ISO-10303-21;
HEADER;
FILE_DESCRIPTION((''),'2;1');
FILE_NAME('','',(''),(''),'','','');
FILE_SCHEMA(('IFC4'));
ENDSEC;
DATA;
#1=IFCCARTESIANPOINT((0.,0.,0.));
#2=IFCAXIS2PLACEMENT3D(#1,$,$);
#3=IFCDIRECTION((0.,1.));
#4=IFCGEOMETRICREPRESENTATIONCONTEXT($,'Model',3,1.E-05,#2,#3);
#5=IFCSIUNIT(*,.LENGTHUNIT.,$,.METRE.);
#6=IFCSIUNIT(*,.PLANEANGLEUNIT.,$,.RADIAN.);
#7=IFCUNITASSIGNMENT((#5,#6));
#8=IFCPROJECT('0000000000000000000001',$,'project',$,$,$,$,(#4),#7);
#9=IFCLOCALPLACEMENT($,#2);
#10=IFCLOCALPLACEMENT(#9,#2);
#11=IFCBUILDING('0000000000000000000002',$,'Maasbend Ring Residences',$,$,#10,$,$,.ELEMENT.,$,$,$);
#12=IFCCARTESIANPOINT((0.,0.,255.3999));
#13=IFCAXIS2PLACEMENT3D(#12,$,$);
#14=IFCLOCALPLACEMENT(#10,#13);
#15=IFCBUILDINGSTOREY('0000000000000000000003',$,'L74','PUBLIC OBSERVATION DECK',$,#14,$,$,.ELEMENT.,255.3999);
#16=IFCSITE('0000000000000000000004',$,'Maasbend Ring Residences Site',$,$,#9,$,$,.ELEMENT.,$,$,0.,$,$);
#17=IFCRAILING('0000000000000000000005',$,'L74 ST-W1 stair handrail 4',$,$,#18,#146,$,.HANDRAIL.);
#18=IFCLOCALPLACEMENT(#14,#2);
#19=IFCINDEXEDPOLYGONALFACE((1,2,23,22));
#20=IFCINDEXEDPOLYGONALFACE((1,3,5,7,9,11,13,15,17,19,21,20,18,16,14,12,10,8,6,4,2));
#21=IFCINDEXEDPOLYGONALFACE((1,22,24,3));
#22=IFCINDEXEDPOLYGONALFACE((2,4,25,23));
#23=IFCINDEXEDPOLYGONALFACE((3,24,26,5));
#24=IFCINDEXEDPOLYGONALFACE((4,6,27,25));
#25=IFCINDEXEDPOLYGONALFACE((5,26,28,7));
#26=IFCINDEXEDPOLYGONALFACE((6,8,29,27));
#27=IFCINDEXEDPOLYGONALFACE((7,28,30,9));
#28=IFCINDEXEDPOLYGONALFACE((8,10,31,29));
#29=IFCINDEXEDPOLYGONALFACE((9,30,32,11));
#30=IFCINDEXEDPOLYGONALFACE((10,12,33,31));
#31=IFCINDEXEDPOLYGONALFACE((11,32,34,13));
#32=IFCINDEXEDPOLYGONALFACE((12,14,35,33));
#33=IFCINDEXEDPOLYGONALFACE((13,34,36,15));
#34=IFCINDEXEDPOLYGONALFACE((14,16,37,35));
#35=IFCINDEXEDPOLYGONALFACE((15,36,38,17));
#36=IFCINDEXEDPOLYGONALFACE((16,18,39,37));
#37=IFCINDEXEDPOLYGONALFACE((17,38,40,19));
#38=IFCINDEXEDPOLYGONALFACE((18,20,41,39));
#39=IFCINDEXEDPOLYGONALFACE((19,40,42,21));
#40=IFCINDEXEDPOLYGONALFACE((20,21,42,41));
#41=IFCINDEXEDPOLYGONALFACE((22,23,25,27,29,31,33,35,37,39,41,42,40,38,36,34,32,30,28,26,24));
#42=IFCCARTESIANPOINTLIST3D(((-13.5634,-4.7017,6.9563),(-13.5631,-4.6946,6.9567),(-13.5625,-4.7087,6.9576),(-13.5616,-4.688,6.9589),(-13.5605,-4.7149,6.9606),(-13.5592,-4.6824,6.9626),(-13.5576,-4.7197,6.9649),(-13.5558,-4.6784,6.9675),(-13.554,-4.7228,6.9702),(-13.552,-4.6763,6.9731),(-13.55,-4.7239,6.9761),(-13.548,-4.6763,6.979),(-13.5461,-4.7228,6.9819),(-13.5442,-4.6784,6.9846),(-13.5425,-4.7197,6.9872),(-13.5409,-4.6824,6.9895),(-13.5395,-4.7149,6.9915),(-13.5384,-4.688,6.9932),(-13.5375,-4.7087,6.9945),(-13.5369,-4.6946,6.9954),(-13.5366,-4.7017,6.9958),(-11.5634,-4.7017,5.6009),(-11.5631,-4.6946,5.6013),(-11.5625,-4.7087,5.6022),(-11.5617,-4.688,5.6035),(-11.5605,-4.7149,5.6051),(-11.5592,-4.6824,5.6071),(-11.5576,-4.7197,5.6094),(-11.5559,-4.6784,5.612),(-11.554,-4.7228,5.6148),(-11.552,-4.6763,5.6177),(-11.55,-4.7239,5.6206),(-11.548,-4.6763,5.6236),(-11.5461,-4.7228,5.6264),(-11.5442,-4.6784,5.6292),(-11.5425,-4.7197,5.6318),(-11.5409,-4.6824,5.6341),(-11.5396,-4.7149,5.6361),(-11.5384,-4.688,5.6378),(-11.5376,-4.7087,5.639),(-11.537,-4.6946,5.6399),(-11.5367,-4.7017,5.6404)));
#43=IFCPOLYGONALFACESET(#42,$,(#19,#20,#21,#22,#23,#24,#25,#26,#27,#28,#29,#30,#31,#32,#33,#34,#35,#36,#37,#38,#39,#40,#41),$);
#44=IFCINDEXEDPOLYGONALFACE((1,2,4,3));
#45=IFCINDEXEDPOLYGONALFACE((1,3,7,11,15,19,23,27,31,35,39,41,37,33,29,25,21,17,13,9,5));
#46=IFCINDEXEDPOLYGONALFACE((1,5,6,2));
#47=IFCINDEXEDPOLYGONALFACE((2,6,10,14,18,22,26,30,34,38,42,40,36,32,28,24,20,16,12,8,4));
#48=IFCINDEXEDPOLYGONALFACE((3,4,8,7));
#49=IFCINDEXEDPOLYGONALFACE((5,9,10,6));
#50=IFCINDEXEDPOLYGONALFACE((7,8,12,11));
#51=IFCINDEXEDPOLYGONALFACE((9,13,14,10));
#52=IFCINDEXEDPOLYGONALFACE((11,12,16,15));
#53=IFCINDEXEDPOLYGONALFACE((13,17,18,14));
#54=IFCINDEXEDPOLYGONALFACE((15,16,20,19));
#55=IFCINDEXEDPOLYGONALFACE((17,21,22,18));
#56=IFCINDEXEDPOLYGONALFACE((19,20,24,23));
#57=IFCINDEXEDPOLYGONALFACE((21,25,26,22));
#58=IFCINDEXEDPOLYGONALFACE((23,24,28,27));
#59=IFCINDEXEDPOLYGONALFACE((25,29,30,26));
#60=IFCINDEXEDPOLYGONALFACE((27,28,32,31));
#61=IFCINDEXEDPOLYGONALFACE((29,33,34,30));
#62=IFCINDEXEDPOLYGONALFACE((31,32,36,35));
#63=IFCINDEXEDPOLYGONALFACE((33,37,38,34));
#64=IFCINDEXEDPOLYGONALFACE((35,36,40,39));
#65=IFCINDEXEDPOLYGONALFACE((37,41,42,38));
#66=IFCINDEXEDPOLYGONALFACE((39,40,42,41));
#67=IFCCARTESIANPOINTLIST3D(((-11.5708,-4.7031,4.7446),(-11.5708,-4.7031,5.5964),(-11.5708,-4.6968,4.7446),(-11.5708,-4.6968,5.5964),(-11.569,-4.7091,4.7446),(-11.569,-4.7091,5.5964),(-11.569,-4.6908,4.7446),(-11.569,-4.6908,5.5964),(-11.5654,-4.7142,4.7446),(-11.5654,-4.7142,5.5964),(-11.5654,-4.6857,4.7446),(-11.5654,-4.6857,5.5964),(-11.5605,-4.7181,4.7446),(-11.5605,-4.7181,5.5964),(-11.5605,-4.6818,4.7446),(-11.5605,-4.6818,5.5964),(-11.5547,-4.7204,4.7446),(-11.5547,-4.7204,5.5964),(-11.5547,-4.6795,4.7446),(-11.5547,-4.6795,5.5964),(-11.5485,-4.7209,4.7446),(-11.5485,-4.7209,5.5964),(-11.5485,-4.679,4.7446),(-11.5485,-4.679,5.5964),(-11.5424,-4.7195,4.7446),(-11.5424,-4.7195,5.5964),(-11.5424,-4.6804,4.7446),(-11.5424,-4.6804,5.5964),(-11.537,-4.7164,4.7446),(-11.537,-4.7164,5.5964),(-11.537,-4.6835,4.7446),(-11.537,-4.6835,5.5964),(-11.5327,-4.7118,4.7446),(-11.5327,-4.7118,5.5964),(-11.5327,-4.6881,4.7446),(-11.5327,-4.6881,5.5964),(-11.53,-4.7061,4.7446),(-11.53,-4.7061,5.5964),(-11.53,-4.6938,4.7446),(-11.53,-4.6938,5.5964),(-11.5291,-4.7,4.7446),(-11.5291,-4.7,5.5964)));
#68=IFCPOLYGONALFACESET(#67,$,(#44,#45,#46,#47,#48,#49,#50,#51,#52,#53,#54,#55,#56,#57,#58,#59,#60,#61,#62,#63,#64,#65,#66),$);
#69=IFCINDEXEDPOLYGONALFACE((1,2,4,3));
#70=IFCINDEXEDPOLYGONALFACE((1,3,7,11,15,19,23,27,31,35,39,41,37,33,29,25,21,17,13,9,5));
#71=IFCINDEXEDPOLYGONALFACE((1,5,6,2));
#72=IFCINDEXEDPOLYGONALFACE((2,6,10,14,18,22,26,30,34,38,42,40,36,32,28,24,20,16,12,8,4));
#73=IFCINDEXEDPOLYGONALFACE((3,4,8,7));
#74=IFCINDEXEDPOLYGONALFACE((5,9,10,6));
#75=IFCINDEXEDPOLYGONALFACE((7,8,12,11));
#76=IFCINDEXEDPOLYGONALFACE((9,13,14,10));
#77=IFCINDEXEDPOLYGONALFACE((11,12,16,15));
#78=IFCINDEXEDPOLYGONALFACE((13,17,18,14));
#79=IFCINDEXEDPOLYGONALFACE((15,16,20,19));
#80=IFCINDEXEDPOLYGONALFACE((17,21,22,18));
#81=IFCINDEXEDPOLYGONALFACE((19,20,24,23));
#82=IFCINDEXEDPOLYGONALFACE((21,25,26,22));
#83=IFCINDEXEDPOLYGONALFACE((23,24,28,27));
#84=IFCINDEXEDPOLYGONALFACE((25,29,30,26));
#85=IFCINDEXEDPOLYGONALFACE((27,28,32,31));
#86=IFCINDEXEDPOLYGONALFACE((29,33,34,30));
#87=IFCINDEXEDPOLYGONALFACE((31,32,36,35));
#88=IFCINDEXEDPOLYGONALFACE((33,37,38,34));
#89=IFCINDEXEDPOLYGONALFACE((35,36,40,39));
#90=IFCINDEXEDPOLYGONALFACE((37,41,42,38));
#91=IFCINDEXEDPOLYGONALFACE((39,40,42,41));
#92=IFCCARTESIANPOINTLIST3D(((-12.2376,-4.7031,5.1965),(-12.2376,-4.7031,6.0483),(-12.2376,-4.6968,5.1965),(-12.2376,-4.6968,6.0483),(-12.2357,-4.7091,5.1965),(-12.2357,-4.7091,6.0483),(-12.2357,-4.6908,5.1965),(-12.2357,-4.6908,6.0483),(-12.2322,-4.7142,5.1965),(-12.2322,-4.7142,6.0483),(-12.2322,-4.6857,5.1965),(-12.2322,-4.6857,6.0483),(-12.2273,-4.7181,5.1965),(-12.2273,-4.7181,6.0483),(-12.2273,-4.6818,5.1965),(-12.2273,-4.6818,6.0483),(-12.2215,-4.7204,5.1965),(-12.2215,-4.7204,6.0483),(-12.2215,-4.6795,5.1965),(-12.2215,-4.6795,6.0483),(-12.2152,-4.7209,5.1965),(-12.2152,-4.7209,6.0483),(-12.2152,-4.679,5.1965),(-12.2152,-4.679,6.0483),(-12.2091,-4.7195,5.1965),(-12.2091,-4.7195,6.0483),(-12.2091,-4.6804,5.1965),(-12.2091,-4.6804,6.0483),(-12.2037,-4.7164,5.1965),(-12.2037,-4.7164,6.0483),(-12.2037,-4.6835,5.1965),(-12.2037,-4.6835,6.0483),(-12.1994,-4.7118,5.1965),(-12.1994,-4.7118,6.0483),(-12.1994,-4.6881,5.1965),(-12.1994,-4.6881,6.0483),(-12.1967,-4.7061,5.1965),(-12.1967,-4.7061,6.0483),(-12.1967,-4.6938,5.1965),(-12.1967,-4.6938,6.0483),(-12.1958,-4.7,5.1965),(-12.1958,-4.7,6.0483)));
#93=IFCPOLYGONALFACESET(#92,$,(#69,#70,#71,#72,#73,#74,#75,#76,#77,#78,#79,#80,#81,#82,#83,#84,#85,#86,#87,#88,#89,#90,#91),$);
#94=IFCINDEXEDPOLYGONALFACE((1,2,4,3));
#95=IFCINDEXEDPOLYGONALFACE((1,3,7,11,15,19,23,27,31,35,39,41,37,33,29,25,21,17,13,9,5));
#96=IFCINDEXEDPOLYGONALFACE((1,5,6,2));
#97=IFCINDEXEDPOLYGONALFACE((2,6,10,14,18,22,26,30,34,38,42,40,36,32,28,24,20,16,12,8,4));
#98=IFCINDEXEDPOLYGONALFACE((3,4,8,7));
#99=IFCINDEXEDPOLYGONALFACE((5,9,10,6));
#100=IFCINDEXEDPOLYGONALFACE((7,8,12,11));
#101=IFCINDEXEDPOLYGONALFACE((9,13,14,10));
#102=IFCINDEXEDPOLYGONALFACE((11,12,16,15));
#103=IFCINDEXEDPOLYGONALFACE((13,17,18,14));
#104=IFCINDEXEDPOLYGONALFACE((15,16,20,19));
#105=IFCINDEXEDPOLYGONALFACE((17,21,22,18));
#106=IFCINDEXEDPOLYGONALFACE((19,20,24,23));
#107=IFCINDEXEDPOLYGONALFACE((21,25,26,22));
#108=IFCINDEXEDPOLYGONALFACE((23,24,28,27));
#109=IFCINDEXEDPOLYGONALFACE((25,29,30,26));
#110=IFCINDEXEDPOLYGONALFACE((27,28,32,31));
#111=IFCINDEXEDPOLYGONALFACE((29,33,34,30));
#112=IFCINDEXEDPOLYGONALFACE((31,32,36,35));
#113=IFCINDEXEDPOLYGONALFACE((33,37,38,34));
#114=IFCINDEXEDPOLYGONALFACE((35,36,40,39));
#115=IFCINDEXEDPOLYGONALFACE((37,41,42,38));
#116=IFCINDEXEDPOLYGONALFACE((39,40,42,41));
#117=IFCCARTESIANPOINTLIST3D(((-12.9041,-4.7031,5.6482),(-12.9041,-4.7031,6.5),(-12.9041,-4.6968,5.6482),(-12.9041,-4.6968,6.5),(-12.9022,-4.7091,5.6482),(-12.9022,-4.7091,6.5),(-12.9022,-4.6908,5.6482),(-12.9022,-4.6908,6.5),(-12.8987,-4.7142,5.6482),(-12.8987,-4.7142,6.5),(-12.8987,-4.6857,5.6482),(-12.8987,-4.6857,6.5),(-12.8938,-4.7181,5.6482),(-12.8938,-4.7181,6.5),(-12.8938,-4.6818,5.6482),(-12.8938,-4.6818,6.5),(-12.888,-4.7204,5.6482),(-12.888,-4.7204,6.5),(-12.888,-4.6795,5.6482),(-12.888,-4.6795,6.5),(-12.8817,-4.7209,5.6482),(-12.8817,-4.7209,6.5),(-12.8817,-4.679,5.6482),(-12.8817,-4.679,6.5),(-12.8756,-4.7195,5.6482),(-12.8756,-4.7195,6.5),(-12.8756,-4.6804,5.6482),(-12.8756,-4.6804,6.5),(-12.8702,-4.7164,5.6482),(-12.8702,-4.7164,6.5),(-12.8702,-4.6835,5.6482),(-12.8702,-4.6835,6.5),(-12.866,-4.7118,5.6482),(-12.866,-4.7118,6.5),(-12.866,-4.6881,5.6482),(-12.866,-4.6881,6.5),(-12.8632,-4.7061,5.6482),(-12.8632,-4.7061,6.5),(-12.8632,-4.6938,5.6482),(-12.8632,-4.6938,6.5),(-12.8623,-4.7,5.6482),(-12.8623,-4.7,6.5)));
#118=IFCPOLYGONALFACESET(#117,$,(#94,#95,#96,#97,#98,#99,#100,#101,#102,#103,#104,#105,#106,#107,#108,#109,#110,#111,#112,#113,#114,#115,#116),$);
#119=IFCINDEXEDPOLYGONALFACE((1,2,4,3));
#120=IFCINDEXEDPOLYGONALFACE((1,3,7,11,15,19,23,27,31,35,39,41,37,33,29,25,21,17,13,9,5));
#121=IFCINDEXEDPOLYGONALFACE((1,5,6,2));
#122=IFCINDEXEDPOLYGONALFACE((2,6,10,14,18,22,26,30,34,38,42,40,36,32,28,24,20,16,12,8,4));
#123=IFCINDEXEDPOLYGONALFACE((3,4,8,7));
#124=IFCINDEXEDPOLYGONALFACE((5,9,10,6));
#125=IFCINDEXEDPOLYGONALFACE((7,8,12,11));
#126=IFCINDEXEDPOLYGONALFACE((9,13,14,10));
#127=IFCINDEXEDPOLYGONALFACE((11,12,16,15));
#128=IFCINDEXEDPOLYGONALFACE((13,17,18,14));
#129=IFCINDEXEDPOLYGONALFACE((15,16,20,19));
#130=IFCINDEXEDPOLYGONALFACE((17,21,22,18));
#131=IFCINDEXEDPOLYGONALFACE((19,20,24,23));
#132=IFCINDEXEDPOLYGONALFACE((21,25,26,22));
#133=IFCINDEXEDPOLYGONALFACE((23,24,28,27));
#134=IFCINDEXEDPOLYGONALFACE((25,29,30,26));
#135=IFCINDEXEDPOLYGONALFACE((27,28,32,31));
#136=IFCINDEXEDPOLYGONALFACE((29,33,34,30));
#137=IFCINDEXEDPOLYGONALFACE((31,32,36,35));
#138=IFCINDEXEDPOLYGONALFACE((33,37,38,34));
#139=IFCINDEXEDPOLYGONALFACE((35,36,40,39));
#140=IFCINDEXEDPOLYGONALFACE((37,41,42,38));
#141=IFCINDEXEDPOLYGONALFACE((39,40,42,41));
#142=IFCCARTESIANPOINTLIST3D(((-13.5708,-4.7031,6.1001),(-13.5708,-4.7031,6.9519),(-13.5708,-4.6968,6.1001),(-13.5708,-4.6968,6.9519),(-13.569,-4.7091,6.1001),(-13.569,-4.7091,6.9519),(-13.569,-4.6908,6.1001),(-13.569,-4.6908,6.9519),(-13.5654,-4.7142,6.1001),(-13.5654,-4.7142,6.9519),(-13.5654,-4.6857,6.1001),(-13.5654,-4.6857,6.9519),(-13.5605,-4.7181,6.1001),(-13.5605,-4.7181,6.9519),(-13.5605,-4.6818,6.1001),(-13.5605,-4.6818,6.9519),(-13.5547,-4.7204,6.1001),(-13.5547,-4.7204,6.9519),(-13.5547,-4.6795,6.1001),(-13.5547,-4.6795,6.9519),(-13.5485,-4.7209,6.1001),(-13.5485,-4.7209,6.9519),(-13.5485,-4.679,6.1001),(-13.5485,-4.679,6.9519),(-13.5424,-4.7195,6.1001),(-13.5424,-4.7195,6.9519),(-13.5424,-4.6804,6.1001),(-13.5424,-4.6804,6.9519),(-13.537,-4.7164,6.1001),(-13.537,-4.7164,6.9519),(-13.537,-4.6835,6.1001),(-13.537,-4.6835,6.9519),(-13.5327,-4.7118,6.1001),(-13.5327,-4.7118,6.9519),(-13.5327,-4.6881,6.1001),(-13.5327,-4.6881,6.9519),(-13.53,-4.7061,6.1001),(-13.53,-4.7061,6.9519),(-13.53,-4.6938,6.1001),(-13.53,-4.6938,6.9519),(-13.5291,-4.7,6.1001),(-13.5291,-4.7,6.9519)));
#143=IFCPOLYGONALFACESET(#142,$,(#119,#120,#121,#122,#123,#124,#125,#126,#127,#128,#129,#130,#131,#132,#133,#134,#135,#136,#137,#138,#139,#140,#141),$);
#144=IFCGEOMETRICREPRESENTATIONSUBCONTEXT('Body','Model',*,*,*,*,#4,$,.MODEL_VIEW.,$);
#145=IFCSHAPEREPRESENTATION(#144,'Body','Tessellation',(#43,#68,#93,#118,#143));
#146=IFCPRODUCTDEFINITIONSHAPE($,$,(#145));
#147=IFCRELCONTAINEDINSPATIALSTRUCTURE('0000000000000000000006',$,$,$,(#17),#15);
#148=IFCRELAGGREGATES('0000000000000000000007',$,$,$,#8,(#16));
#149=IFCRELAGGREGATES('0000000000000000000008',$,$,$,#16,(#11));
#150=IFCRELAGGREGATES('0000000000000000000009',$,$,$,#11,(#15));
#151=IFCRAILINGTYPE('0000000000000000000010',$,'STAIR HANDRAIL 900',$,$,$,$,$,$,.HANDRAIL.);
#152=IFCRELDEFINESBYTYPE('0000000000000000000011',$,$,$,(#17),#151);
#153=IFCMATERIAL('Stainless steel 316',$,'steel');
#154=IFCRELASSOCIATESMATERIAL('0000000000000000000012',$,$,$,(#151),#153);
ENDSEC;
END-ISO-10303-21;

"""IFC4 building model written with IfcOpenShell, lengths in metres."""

from ifc_helpers import new_model, si_unit, direction, frame, origin, origin_2d, place, context, subcontext, project, spatial, circle, extrude, material, type_object, element, save


model = new_model("IFC4")

# Units and contexts
model_context = context("Model", 3, precision=1e-05, world=origin(), true_north=direction((0.0, 1.0)))
body_context = subcontext(model_context, "Body", "Model", "MODEL_VIEW")
ifc_project = project(units=[si_unit("LENGTHUNIT", "METRE"), si_unit("PLANEANGLEUNIT", "RADIAN")], contexts=[model_context])

# Site, building, storey
site_placement = place(None, origin())
site = spatial("IfcSite", under=ifc_project, at=site_placement, Name="Maasbend Ring Residences Site", CompositionType="ELEMENT", RefElevation=0.0)
building_placement = place(site_placement, origin())
building = spatial("IfcBuilding", under=site, at=building_placement, Name="Maasbend Ring Residences", CompositionType="ELEMENT")
storey_placement = place(building_placement, frame((0.0, 0.0, 255.3999)))
storey = spatial("IfcBuildingStorey", under=building, at=storey_placement, Name="L74", Description="PUBLIC OBSERVATION DECK", CompositionType="ELEMENT", Elevation=255.3999)

# Railing
ifc_material_1 = material(Name="Stainless steel 316", Category="steel")
railing_type_1 = type_object("IfcRailingType", Name="STAIR HANDRAIL 900", PredefinedType="HANDRAIL", material=ifc_material_1)
for number, where, name in (
    (1, (-11.55, -4.7, 4.7446), "L74 ST-W1 stair handrail 4"),
):
    element("IfcRailing", number, at=place(storey_placement, frame(where)), inside=storey, type_object=railing_type_1, Name=name, PredefinedType="HANDRAIL", context=body_context, shape_type="SweptSolid", body=[
        extrude(circle(Radius=0.0239, at=origin_2d()), frame((0.0, 0.0, 0.876), z_axis=(-0.827798, 0.0, 0.561027), x_axis=(0.0, -1.0, 0.0)), (0.0, 0.0, 1.0), 2.416),
        extrude(circle(Radius=0.021, at=origin_2d()), origin(), (0.0, 0.0, 1.0), 0.8518),
        extrude(circle(Radius=0.021, at=origin_2d()), frame((-0.6667, 0.0, 0.4519)), (0.0, 0.0, 1.0), 0.8518),
        extrude(circle(Radius=0.021, at=origin_2d()), frame((-1.3333, 0.0, 0.9036)), (0.0, 0.0, 1.0), 0.8518),
        extrude(circle(Radius=0.021, at=origin_2d()), frame((-2.0, 0.0, 1.3555)), (0.0, 0.0, 1.0), 0.8518),
    ])

save(model, "model.ifc")
